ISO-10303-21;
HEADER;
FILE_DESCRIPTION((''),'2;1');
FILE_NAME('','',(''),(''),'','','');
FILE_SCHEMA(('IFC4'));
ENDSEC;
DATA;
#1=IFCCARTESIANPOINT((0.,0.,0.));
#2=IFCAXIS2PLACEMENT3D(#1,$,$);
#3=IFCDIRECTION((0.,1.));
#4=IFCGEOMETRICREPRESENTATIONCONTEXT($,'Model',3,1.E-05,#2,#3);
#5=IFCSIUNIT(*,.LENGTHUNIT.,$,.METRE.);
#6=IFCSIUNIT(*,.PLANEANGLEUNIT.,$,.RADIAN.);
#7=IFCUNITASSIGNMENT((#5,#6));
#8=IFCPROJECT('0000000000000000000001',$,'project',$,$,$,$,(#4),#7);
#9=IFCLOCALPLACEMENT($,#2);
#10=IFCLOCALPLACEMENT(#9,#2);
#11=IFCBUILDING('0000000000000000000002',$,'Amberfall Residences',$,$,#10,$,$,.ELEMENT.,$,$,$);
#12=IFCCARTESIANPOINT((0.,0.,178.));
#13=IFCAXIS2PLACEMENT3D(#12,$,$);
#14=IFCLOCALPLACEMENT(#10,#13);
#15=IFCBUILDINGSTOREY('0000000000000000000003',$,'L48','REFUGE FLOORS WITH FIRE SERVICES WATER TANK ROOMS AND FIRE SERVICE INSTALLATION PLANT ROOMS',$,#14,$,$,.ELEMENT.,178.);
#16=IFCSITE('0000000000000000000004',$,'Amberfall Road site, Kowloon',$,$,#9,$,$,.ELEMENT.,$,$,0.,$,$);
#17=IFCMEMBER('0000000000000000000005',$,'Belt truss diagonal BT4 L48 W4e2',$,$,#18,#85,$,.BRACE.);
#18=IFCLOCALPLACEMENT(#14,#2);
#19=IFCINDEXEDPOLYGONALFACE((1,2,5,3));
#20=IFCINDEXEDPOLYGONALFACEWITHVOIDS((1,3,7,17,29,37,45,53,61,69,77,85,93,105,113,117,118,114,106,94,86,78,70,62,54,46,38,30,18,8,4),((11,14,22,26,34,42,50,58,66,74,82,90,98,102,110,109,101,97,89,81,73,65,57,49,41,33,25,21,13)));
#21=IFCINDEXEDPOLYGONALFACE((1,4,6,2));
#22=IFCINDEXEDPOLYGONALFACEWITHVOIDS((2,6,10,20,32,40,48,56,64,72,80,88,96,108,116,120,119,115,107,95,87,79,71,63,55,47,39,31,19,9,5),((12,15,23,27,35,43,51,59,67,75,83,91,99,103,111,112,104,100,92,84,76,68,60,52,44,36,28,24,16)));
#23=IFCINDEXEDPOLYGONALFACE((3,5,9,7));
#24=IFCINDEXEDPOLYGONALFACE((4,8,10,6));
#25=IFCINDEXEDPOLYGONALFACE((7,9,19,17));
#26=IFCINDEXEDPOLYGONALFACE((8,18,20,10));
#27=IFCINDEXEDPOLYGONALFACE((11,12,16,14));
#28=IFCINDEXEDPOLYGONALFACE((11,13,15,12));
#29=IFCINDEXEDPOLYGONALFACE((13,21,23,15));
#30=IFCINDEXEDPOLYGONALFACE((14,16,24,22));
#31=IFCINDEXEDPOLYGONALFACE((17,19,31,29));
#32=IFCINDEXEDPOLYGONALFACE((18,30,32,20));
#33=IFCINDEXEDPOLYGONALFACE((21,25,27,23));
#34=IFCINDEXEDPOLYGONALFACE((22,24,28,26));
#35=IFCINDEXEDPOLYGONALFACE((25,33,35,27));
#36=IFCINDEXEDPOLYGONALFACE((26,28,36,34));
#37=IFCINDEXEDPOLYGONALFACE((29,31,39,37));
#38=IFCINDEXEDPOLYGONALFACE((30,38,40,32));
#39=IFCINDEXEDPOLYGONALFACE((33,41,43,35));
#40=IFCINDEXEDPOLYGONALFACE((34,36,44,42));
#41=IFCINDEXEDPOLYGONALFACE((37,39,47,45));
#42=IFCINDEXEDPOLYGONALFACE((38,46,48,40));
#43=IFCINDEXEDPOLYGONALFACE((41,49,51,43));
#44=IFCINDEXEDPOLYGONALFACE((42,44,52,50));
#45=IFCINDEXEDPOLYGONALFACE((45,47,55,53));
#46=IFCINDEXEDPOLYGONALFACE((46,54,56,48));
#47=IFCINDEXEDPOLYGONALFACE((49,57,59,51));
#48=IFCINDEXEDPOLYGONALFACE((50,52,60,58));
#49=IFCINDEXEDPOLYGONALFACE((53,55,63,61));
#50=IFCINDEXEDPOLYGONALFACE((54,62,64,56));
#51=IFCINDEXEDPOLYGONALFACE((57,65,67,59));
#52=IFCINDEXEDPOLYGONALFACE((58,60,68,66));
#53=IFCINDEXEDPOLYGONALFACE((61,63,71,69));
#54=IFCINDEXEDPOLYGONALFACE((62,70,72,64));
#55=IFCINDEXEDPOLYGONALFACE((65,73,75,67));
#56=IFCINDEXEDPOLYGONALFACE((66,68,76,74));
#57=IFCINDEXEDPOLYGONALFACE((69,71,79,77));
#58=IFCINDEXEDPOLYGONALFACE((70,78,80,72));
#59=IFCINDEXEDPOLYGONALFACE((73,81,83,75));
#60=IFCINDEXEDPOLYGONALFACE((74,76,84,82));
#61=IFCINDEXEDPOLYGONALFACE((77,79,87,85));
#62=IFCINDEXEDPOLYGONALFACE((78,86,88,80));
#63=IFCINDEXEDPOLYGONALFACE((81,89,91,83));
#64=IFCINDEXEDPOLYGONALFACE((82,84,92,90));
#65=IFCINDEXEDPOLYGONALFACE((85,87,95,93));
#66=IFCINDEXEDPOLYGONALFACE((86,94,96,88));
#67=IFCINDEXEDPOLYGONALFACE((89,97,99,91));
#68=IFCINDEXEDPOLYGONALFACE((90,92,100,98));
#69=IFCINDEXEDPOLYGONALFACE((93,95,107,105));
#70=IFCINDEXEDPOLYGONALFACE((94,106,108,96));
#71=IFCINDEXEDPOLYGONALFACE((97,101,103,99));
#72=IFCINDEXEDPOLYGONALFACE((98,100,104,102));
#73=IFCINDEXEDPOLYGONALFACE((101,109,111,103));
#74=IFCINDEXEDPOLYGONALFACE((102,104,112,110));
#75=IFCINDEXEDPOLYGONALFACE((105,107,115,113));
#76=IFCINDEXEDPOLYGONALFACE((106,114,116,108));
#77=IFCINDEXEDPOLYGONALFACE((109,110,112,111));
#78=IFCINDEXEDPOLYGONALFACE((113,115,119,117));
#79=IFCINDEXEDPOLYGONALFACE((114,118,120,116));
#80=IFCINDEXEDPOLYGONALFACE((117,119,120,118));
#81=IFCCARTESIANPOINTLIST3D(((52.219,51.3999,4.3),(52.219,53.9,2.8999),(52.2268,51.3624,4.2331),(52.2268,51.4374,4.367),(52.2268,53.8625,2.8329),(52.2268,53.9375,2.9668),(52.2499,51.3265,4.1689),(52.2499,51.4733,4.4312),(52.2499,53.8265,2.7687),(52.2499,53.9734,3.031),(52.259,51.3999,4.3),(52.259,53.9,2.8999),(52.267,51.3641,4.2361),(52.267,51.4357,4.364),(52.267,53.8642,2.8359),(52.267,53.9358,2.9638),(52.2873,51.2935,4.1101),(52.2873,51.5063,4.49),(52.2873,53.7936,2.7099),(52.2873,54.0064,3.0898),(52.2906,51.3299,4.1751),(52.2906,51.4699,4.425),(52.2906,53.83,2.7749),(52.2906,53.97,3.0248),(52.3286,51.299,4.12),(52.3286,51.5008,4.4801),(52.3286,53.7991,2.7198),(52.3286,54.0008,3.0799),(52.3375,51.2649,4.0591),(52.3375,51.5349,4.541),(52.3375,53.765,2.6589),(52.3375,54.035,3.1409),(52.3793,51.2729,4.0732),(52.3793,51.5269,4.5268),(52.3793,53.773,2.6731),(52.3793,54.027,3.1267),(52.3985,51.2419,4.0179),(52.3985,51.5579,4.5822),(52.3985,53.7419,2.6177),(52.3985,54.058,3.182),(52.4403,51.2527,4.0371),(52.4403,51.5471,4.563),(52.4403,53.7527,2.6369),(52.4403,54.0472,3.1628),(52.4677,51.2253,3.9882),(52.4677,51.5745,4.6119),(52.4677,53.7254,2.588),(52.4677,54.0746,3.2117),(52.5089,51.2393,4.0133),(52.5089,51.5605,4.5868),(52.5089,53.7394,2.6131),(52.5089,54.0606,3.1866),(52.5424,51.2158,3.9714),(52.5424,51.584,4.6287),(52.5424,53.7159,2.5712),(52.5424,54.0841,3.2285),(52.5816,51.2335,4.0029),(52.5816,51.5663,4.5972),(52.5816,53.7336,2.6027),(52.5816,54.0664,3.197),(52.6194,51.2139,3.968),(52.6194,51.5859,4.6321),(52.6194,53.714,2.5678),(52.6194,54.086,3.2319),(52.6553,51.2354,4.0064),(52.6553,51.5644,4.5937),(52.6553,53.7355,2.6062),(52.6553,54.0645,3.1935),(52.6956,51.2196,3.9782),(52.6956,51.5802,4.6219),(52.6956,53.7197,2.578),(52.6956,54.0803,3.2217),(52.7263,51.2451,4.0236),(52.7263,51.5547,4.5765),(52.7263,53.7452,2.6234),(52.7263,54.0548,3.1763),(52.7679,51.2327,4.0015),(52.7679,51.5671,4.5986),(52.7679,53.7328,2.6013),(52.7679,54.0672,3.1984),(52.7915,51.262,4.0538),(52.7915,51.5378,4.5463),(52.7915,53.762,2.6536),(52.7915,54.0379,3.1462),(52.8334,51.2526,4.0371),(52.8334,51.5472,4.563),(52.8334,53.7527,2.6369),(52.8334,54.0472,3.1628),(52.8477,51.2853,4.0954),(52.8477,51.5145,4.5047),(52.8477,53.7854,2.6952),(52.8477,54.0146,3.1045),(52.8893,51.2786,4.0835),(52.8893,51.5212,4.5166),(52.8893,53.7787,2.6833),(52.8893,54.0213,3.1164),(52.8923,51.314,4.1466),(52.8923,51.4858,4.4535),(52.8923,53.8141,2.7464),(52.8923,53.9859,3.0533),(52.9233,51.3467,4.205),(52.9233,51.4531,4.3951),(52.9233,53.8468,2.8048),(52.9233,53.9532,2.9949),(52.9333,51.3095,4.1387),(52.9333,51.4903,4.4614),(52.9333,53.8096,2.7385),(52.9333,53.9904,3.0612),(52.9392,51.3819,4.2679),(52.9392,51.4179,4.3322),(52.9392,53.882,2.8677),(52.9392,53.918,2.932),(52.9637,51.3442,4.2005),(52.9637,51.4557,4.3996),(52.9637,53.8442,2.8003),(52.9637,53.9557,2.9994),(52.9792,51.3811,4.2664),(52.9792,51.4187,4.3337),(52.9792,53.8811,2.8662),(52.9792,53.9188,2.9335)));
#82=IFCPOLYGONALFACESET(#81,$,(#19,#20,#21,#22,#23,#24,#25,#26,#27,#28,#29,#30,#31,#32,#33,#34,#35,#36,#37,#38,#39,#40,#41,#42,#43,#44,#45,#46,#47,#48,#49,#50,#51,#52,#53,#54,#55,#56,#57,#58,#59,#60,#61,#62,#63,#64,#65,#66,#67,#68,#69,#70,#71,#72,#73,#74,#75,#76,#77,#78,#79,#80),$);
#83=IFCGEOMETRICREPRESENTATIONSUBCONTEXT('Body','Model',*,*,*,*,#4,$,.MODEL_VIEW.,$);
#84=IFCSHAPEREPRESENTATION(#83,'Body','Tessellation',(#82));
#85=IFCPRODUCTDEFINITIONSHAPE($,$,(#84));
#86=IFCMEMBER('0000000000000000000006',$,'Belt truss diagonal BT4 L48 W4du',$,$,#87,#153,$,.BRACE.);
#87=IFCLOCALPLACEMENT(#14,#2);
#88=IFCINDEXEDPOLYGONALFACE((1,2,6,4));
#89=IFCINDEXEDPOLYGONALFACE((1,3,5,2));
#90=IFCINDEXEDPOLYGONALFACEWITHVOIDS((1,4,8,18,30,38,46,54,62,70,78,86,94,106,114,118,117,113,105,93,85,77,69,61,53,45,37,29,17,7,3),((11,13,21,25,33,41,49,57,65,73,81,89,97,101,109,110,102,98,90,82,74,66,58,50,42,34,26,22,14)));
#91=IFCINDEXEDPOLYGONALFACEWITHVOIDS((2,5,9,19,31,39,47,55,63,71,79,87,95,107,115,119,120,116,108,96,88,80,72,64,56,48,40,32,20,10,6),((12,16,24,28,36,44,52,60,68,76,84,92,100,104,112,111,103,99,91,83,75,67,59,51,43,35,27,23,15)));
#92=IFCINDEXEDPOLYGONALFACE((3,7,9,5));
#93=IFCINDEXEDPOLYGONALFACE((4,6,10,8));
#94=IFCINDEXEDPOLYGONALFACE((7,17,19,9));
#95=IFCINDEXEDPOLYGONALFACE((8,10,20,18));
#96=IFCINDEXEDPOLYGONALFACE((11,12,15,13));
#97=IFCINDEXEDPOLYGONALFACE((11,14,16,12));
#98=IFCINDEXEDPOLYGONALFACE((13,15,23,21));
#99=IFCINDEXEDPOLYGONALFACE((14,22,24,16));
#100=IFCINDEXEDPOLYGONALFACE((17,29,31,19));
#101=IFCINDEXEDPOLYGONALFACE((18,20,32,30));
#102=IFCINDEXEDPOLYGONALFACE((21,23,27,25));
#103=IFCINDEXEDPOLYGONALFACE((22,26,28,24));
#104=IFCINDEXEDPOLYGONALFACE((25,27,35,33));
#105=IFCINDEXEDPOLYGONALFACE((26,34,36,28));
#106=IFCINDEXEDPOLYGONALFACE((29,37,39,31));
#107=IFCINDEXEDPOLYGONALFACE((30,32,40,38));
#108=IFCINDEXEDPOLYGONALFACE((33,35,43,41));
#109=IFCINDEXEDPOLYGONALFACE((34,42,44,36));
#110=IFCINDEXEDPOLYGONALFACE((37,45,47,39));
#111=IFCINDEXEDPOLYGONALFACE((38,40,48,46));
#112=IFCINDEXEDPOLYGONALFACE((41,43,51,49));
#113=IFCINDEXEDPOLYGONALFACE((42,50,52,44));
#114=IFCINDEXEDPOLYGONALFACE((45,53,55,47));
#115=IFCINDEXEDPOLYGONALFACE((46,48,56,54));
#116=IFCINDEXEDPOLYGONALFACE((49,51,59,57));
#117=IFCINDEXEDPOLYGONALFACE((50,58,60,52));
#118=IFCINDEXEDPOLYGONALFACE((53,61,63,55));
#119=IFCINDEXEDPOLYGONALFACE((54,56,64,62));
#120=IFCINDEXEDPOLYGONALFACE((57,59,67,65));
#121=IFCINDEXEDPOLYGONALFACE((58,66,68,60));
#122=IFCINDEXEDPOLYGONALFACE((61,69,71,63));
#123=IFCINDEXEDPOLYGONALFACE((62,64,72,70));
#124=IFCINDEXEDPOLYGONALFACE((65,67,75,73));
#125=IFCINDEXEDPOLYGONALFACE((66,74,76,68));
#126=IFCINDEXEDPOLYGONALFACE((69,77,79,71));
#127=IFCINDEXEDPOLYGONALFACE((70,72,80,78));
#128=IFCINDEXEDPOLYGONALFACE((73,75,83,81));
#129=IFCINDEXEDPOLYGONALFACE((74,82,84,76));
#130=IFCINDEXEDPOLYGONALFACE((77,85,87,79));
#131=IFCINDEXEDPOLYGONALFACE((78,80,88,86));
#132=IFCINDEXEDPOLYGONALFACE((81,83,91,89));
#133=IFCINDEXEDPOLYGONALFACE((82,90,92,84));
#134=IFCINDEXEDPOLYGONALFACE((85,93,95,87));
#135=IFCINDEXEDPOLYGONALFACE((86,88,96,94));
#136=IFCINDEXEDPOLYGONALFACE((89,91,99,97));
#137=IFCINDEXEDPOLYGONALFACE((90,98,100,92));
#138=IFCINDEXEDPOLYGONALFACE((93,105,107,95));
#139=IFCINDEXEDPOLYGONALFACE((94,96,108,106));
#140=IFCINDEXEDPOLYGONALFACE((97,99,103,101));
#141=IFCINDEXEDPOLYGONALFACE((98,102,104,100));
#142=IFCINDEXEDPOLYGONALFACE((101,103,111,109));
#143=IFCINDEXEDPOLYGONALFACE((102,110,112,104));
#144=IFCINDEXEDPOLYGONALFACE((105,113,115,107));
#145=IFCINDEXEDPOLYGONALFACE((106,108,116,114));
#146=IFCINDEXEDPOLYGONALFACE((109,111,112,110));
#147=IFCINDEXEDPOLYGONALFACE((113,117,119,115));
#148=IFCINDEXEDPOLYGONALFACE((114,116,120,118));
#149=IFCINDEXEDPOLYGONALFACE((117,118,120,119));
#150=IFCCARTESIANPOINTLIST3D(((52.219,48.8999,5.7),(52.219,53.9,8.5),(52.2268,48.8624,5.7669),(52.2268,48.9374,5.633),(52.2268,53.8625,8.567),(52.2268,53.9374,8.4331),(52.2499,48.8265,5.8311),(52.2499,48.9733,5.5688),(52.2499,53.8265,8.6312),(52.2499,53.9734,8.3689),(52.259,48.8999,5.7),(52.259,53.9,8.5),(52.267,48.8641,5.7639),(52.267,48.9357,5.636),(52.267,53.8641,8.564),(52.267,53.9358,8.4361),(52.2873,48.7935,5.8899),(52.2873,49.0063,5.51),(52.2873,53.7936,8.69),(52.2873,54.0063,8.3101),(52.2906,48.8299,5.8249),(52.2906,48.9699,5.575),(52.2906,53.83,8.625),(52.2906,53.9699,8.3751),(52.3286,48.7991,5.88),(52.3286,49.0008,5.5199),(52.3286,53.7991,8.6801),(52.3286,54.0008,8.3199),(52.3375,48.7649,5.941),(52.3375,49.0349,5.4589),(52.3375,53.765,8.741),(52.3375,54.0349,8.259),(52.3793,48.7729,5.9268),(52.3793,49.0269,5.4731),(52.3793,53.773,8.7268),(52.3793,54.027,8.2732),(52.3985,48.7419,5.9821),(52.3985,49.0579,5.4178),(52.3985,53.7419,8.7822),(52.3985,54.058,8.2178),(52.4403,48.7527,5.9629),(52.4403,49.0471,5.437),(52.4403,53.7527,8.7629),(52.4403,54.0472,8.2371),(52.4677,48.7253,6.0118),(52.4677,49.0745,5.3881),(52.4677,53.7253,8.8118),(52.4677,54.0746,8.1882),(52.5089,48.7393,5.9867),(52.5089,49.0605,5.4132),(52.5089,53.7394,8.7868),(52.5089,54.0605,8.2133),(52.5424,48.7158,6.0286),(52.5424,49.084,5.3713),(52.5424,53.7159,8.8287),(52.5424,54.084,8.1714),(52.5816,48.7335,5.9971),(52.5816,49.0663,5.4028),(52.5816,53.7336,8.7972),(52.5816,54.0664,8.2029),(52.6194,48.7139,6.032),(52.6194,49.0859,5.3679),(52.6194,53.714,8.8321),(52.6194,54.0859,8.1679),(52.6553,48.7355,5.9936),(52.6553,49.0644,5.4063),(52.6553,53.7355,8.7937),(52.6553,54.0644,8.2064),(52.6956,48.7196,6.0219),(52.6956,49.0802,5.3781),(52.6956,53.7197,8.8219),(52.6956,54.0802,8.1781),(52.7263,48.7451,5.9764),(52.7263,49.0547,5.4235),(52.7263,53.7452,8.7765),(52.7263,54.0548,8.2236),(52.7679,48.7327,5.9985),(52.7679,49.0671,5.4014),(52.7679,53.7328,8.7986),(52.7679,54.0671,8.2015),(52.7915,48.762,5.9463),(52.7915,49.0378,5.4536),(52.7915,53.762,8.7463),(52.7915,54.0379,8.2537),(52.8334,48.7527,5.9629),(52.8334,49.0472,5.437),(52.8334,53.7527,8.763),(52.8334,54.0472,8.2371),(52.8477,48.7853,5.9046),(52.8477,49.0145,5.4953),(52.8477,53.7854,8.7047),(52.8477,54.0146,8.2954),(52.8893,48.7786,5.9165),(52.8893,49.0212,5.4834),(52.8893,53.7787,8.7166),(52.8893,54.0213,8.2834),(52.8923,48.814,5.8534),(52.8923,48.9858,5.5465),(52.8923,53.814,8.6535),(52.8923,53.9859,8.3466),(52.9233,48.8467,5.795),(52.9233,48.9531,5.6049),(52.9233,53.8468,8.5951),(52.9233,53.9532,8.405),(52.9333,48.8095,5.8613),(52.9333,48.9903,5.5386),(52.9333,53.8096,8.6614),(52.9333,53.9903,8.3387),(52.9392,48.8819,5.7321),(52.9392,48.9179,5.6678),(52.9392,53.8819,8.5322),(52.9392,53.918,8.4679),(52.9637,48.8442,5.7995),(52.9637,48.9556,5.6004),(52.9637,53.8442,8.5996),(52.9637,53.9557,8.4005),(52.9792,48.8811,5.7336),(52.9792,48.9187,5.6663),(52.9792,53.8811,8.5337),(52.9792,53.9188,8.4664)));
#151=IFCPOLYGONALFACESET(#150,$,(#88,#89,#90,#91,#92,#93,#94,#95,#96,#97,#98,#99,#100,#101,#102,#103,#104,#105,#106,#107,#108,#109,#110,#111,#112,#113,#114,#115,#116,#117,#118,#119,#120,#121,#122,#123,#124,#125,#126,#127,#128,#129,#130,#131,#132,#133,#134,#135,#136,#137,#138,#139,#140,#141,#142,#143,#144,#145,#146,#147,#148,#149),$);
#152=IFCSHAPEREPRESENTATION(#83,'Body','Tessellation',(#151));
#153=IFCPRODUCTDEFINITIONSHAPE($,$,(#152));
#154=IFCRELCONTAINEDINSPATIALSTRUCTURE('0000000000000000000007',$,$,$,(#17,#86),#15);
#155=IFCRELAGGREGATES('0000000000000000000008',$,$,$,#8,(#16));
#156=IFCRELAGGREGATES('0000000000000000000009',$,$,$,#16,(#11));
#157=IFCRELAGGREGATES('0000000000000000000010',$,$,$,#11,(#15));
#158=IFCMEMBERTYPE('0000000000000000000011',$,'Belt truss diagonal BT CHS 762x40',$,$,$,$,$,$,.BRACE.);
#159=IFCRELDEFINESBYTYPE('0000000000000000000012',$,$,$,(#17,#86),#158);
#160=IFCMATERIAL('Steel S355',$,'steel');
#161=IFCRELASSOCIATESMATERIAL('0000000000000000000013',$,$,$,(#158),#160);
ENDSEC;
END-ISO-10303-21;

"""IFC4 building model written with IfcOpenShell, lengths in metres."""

from ifc_helpers import new_model, si_unit, direction, frame, origin, origin_2d, place, context, subcontext, project, spatial, hollow_circle, extrude, material, material_profile, profile_set, type_object, element, save


model = new_model("IFC4")

# Units and contexts
model_context = context("Model", 3, precision=1e-05, world=origin(), true_north=direction((0.0, 1.0)))
body_context = subcontext(model_context, "Body", "Model", "MODEL_VIEW")
ifc_project = project(units=[si_unit("LENGTHUNIT", "METRE"), si_unit("PLANEANGLEUNIT", "RADIAN")], contexts=[model_context])

# Site, building, storey
site_placement = place(None, origin())
site = spatial("IfcSite", under=ifc_project, at=site_placement, Name="Amberfall Road site, Kowloon", CompositionType="ELEMENT", RefElevation=0.0)
building_placement = place(site_placement, origin())
building = spatial("IfcBuilding", under=site, at=building_placement, Name="Amberfall Residences", CompositionType="ELEMENT")
storey_placement = place(building_placement, frame((0.0, 0.0, 178.0)))
storey = spatial("IfcBuildingStorey", under=building, at=storey_placement, Name="L48", Description="REFUGE FLOORS WITH FIRE SERVICES WATER TANK ROOMS AND FIRE SERVICE INSTALLATION PLANT ROOMS", CompositionType="ELEMENT", Elevation=178.0)

# Shared definitions
ifc_material_1 = material(Name="Steel S355", Category="steel")

# Members
ifc_material_profile_1 = material_profile(ifc_material_1, hollow_circle(Radius=0.3811, WallThickness=0.04, at=origin_2d()), Name="CHS 762x40")
ifc_profile_set_1 = profile_set([ifc_material_profile_1], Name="Steel S355")
member_type = type_object("IfcMemberType", Name="Belt truss diagonal BT CHS 762x40", PredefinedType="BRACE", material=ifc_profile_set_1)
member_1_placement = place(storey_placement, frame((52.6001, 51.3999, 4.3), z_axis=(0.0, 0.872484, -0.488642), x_axis=(-1.0, 0.0, 0.0)))
element("IfcMember", 1, at=member_1_placement, inside=storey, type_object=member_type, Name="Belt truss diagonal BT4 L48 W4e2", PredefinedType="BRACE", context=body_context, shape_type="SweptSolid", body=[
    extrude(hollow_circle(Radius=0.3811, WallThickness=0.04, at=origin_2d()), origin(), (0.0, 0.0, 1.0), 2.8655),
])
member_2_placement = place(storey_placement, frame((52.6001, 48.8999, 5.7), z_axis=(0.0, 0.872502, 0.48861), x_axis=(-1.0, 0.0, 0.0)))
element("IfcMember", 2, at=member_2_placement, inside=storey, type_object=member_type, Name="Belt truss diagonal BT4 L48 W4du", PredefinedType="BRACE", context=body_context, shape_type="SweptSolid", body=[
    extrude(hollow_circle(Radius=0.3811, WallThickness=0.04, at=origin_2d()), origin(), (0.0, 0.0, 1.0), 5.7307),
])

save(model, "model.ifc")
